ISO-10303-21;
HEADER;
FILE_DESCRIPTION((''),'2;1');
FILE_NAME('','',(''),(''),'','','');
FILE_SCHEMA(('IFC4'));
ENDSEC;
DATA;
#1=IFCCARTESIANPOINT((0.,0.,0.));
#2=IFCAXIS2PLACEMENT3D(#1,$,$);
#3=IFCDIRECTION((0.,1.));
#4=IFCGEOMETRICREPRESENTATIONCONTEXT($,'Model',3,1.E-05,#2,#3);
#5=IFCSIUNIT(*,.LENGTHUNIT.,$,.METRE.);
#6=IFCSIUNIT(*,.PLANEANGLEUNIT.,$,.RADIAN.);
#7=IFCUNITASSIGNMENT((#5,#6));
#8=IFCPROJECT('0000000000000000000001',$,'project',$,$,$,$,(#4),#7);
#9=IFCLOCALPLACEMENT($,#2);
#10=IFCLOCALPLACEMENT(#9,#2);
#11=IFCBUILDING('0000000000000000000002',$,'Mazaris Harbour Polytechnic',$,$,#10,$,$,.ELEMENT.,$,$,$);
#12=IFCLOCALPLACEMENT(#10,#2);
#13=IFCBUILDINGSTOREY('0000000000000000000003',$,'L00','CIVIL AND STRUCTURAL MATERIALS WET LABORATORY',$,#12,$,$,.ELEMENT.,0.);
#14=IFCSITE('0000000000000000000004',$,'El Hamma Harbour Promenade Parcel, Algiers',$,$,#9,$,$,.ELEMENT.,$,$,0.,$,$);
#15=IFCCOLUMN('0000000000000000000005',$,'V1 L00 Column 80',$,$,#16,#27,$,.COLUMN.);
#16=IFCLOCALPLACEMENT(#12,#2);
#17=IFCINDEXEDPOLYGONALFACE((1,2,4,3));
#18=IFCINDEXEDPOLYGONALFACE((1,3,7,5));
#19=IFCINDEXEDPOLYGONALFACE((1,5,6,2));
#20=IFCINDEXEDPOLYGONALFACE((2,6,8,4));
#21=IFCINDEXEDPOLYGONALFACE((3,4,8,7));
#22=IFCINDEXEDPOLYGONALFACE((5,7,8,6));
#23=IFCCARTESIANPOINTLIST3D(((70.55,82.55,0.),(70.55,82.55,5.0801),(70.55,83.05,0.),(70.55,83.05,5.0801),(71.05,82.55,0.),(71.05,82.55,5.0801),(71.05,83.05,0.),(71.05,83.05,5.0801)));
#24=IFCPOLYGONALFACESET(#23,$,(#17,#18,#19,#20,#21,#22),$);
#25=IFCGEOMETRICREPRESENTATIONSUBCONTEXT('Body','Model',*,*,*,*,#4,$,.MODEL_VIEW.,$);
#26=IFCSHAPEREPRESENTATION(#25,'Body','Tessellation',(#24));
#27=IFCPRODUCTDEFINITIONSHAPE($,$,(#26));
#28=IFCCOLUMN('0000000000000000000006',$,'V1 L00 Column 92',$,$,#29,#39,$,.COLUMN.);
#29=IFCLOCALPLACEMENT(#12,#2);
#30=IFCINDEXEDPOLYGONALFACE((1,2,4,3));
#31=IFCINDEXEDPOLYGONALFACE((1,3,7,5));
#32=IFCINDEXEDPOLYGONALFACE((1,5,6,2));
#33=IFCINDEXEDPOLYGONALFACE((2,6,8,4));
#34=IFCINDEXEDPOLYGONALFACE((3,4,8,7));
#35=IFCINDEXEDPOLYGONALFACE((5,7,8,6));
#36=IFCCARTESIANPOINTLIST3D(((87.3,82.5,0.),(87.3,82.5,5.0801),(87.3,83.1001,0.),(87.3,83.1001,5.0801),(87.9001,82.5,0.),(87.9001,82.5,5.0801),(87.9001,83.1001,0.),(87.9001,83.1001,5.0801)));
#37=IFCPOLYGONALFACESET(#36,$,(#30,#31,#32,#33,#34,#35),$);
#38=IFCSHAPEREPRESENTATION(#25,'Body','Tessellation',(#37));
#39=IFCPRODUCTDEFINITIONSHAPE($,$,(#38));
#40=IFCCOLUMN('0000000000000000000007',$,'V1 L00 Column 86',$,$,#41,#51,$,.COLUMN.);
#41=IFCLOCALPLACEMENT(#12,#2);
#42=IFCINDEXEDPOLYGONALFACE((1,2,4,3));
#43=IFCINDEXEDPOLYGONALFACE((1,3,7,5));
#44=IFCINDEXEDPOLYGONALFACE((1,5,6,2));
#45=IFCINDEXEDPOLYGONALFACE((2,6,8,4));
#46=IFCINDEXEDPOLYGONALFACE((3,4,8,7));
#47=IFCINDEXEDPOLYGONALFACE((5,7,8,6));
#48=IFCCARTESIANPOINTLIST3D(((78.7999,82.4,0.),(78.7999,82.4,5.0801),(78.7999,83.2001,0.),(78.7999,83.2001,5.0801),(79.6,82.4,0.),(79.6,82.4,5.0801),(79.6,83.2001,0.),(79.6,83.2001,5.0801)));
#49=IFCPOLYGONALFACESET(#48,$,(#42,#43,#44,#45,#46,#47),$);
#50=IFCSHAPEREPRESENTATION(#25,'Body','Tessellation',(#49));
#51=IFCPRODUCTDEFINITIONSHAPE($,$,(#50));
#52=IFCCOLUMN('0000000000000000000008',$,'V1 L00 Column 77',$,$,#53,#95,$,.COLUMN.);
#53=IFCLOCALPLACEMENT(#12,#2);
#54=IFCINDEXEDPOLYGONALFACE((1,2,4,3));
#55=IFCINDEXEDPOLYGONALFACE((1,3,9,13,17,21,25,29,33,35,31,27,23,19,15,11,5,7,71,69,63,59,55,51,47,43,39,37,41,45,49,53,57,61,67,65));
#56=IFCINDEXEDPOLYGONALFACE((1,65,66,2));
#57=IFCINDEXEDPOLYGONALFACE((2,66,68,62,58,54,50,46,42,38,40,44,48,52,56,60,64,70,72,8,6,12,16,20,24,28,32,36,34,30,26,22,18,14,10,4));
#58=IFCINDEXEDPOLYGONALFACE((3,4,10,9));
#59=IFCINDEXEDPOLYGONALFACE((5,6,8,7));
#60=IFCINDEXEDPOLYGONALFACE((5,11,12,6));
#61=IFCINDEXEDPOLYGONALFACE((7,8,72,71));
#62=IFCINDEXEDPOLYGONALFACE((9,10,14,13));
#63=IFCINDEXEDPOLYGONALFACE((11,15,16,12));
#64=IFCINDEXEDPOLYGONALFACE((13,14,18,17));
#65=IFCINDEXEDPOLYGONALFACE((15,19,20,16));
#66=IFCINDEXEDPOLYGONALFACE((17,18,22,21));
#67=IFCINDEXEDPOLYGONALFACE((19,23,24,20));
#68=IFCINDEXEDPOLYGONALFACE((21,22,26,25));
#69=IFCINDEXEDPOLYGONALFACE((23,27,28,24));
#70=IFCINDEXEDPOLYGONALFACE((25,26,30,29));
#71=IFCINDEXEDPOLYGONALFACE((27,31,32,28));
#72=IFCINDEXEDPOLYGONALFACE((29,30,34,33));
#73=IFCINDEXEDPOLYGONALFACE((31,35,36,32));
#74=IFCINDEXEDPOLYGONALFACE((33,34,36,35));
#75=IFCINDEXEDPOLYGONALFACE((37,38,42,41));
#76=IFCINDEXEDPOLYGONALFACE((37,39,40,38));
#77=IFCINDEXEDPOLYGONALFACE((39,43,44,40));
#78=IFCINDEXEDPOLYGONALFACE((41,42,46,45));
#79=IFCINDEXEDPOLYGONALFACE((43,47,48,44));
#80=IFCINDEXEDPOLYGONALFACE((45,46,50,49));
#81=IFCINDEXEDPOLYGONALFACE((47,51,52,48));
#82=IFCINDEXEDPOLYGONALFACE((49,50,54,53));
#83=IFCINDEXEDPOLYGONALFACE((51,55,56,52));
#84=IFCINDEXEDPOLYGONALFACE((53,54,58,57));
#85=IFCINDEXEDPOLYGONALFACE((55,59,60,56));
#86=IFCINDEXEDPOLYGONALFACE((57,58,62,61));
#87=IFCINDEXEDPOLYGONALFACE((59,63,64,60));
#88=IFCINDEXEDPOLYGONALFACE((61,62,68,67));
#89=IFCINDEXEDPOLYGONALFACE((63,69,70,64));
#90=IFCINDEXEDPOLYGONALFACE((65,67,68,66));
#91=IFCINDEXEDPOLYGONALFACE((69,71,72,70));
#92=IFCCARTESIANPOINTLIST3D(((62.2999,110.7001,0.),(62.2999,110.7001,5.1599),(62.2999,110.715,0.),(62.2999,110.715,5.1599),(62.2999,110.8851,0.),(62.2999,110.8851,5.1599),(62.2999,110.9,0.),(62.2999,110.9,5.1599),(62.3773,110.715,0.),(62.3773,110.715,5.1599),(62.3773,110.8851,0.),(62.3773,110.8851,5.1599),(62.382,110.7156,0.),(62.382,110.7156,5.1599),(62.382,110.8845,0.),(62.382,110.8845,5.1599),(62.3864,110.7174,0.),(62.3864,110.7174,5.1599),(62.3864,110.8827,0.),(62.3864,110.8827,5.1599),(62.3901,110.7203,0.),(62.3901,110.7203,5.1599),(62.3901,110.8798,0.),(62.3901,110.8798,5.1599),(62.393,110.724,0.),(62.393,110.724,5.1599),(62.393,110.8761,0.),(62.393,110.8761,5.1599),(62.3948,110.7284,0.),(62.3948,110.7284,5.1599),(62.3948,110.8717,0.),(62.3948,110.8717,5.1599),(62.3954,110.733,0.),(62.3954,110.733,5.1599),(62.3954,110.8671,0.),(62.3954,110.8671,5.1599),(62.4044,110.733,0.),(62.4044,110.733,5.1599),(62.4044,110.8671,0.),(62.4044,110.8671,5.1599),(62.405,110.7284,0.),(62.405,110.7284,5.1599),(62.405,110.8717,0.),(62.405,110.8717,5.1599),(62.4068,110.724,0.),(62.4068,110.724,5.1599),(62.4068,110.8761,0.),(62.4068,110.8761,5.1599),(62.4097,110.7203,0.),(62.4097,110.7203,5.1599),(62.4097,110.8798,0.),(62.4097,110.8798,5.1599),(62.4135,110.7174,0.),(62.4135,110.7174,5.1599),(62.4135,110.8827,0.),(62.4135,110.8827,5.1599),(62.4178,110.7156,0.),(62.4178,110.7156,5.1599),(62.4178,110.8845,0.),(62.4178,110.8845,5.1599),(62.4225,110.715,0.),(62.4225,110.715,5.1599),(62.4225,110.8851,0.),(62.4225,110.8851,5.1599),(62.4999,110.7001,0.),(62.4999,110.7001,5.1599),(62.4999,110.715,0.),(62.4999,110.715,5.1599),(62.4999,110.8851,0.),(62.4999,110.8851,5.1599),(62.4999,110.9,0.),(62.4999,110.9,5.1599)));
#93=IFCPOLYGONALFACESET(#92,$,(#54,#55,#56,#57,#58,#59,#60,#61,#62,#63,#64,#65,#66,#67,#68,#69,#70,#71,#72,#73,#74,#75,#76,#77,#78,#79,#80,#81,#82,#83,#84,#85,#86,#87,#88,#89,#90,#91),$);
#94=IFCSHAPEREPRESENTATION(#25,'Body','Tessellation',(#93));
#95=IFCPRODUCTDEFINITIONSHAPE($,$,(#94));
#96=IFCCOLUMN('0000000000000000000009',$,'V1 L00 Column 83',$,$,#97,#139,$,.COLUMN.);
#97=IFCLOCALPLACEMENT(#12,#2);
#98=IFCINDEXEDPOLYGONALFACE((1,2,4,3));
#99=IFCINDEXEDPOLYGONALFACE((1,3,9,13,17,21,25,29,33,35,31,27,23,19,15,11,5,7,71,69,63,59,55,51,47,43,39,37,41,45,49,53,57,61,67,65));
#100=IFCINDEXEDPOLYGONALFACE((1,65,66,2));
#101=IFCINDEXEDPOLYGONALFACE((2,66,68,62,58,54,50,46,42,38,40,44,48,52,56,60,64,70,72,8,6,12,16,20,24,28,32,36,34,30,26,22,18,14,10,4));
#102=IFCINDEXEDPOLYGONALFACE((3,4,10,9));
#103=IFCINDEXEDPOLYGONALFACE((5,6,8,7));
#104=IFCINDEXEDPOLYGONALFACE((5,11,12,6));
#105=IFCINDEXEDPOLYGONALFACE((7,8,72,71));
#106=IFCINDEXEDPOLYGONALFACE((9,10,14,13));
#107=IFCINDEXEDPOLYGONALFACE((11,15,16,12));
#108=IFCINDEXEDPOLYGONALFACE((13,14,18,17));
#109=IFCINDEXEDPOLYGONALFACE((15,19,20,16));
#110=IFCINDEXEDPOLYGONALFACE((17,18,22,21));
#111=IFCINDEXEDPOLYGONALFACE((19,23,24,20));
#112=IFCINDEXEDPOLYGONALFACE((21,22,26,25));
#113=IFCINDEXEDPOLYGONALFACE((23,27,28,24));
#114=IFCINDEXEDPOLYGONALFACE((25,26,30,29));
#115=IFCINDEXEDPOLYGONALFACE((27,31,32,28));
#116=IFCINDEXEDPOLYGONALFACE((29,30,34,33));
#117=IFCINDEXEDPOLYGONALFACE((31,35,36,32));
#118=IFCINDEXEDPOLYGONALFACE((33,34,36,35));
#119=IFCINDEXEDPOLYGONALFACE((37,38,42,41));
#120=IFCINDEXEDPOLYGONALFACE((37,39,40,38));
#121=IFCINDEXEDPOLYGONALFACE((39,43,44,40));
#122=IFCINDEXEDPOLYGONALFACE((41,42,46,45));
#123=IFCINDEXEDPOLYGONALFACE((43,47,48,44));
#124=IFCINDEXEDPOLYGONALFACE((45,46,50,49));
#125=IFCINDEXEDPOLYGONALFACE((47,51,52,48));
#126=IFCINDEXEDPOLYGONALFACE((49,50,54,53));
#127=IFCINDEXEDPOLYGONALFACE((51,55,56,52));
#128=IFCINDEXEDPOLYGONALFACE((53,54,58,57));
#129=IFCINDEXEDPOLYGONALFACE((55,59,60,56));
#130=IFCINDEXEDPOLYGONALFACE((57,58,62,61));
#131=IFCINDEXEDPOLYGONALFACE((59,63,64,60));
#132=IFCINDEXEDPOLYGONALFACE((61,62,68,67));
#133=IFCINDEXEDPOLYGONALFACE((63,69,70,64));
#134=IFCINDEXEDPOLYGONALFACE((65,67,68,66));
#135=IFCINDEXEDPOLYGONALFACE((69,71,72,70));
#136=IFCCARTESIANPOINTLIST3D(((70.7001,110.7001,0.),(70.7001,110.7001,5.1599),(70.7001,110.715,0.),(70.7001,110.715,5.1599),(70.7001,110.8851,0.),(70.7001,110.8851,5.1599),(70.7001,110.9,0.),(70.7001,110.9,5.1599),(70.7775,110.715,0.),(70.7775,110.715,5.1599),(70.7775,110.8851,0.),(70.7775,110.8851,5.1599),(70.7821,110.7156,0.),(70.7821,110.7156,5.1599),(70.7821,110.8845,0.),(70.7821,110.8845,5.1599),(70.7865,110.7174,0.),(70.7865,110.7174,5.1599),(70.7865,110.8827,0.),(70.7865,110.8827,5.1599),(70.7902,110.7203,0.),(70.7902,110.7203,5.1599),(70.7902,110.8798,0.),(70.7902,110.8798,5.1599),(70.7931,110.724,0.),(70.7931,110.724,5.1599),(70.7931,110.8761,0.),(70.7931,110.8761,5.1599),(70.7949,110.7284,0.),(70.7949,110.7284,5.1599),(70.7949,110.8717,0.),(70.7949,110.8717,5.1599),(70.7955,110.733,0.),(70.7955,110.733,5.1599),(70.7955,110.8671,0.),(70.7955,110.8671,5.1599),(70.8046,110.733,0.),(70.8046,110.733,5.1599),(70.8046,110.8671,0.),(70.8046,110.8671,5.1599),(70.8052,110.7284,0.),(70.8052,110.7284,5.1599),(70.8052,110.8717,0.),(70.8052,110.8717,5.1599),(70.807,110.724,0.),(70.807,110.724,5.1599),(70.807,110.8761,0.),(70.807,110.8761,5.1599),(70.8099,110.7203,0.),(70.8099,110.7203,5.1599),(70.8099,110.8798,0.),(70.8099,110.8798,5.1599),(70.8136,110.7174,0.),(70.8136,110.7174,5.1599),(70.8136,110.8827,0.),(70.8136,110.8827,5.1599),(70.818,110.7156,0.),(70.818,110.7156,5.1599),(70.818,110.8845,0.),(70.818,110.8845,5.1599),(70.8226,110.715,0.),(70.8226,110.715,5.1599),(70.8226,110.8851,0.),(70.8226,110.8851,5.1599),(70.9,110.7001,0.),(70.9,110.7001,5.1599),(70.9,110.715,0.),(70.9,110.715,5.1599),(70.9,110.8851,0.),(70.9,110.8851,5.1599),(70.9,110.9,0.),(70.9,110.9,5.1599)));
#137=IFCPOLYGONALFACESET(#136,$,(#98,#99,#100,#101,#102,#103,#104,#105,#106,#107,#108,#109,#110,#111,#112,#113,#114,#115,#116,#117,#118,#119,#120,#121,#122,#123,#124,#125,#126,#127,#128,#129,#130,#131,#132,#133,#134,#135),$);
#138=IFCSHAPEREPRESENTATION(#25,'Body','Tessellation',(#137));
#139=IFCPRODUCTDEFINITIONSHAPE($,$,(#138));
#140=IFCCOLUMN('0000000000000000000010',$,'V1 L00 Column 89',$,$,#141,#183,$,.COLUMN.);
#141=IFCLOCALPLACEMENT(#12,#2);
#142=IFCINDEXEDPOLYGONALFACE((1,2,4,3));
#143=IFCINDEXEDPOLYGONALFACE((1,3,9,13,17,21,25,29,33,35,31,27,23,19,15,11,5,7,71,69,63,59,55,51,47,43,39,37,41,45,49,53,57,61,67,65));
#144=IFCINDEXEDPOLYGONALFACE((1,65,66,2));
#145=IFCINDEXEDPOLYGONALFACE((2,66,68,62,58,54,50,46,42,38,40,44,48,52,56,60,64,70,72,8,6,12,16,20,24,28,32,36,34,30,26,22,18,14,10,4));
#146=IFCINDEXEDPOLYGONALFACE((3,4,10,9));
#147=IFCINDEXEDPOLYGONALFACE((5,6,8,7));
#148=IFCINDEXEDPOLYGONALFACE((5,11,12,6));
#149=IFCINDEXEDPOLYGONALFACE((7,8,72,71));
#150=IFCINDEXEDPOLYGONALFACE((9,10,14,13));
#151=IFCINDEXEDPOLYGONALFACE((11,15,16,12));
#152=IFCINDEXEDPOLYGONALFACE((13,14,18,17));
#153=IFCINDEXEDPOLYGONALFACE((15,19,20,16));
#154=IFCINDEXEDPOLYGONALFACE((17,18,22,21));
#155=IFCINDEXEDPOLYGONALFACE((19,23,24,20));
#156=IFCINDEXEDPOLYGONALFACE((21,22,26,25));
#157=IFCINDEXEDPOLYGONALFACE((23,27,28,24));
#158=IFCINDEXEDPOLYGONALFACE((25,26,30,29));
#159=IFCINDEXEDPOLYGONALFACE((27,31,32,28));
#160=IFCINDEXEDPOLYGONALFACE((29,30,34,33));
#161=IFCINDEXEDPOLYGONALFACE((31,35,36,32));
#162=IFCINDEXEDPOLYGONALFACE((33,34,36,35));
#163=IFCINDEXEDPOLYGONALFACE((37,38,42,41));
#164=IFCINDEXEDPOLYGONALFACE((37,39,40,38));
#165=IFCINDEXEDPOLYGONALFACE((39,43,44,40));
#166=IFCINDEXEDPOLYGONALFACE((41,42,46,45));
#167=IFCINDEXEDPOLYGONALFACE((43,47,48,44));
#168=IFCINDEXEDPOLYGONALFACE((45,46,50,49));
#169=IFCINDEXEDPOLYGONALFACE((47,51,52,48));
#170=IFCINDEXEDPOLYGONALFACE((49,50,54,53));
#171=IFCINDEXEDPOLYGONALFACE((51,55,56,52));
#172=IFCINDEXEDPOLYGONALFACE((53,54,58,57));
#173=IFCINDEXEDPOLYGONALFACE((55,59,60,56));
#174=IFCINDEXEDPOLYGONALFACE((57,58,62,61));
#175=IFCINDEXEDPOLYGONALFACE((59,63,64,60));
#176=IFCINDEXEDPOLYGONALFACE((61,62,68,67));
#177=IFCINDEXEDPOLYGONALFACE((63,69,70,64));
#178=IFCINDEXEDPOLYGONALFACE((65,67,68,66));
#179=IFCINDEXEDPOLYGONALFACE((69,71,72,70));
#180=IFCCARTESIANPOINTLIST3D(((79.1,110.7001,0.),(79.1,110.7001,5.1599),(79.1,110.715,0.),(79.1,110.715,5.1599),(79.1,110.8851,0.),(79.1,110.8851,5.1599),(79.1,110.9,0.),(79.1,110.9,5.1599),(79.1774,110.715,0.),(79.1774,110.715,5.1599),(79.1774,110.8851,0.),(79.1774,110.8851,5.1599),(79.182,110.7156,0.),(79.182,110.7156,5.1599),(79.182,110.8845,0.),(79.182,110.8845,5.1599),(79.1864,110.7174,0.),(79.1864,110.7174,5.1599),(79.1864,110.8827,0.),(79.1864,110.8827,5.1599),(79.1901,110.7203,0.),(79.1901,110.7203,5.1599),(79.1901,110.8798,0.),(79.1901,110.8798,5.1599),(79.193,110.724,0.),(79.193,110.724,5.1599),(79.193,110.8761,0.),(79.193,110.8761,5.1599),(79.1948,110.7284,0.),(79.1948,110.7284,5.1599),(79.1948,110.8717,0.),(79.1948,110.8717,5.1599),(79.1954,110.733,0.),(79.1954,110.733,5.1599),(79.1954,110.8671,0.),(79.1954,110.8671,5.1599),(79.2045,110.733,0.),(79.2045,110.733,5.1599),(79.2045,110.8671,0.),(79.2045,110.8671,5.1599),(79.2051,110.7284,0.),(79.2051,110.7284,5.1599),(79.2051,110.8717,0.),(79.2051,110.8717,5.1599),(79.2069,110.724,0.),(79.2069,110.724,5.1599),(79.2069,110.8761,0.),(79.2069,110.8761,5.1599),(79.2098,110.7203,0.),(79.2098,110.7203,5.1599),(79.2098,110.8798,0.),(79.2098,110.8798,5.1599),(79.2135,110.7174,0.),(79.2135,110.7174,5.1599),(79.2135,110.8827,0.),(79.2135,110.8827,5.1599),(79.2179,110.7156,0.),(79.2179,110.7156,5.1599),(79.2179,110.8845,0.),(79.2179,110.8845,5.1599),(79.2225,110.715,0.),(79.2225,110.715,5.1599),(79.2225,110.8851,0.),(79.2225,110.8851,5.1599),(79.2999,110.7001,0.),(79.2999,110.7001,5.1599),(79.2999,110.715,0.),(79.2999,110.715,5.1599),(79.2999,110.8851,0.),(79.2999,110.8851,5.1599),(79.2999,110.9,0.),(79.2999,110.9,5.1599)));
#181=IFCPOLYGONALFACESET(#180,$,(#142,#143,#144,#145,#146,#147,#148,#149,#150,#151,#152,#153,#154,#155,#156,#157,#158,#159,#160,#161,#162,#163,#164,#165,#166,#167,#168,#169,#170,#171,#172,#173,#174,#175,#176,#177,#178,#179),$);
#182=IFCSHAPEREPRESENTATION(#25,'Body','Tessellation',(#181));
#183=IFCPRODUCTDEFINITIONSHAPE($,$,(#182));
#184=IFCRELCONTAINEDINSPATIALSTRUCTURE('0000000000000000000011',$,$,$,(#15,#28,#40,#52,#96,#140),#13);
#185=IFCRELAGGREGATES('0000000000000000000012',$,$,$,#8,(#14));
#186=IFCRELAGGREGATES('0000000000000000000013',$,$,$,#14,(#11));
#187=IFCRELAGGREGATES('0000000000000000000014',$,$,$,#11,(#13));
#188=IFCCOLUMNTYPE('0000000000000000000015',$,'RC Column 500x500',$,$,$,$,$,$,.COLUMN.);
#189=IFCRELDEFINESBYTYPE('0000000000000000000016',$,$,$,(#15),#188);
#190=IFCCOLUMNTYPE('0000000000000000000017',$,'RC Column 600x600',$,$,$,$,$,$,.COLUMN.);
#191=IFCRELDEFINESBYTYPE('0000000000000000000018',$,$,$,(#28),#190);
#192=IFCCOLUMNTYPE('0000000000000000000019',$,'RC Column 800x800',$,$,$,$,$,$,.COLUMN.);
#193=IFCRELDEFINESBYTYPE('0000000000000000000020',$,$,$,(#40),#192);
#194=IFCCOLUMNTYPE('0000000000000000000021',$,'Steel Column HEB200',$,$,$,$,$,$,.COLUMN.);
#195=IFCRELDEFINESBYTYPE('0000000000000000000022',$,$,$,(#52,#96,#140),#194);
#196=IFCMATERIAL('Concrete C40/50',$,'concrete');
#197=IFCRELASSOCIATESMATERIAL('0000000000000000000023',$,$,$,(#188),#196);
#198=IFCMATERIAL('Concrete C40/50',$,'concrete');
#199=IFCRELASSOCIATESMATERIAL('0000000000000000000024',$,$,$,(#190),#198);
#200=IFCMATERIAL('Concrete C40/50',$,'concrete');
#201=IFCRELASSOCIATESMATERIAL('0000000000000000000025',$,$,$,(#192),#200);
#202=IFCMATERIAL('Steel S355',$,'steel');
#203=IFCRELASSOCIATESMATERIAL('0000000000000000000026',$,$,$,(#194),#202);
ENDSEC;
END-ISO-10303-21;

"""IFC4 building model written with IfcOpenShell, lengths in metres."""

from ifc_helpers import new_model, si_unit, direction, frame, origin, origin_2d, place, context, subcontext, project, spatial, rectangle, i_section, extrude, material, material_profile, profile_set, type_object, element, save


model = new_model("IFC4")

# Units and contexts
model_context = context("Model", 3, precision=1e-05, world=origin(), true_north=direction((0.0, 1.0)))
body_context = subcontext(model_context, "Body", "Model", "MODEL_VIEW")
ifc_project = project(units=[si_unit("LENGTHUNIT", "METRE"), si_unit("PLANEANGLEUNIT", "RADIAN")], contexts=[model_context])

# Site, building, storey
site_placement = place(None, origin())
site = spatial("IfcSite", under=ifc_project, at=site_placement, Name="El Hamma Harbour Promenade Parcel, Algiers", CompositionType="ELEMENT", RefElevation=0.0)
building_placement = place(site_placement, origin())
building = spatial("IfcBuilding", under=site, at=building_placement, Name="Mazaris Harbour Polytechnic", CompositionType="ELEMENT")
storey_placement = place(building_placement, origin())
storey = spatial("IfcBuildingStorey", under=building, at=storey_placement, Name="L00", Description="CIVIL AND STRUCTURAL MATERIALS WET LABORATORY", CompositionType="ELEMENT", Elevation=0.0)

# Columns
ifc_material_1 = material(Name="Concrete C40/50", Category="concrete")
ifc_material_profile_1 = material_profile(ifc_material_1, rectangle(XDim=0.5, YDim=0.5, at=origin_2d()), Name="RECT500x500")
ifc_profile_set_1 = profile_set([ifc_material_profile_1], Name="Concrete C40/50")
column_type_1 = type_object("IfcColumnType", Name="RC Column 500x500", PredefinedType="COLUMN", material=ifc_profile_set_1)
column_1_placement = place(storey_placement, frame((70.8, 82.8, 0.0), z_axis=(0.0, 0.0, 1.0), x_axis=(1.0, 0.0, 0.0)))
element("IfcColumn", 1, at=column_1_placement, inside=storey, type_object=column_type_1, Name="V1 L00 Column 80", PredefinedType="COLUMN", context=body_context, shape_type="SweptSolid", body=[
    extrude(rectangle(XDim=0.5, YDim=0.5, at=origin_2d()), origin(), (0.0, 0.0, 1.0), 5.0801),
])
ifc_material_2 = material(Name="Concrete C40/50", Category="concrete")
ifc_material_profile_2 = material_profile(ifc_material_2, rectangle(XDim=0.6001, YDim=0.6001, at=origin_2d()), Name="RECT600x600")
ifc_profile_set_2 = profile_set([ifc_material_profile_2], Name="Concrete C40/50")
column_type_2 = type_object("IfcColumnType", Name="RC Column 600x600", PredefinedType="COLUMN", material=ifc_profile_set_2)
column_2_placement = place(storey_placement, frame((87.6001, 82.8, 0.0), z_axis=(0.0, 0.0, 1.0), x_axis=(1.0, 0.0, 0.0)))
element("IfcColumn", 2, at=column_2_placement, inside=storey, type_object=column_type_2, Name="V1 L00 Column 92", PredefinedType="COLUMN", context=body_context, shape_type="SweptSolid", body=[
    extrude(rectangle(XDim=0.6001, YDim=0.6001, at=origin_2d()), origin(), (0.0, 0.0, 1.0), 5.0801),
])
ifc_material_3 = material(Name="Concrete C40/50", Category="concrete")
ifc_material_profile_3 = material_profile(ifc_material_3, rectangle(XDim=0.8, YDim=0.8, at=origin_2d()), Name="RECT800x800")
ifc_profile_set_3 = profile_set([ifc_material_profile_3], Name="Concrete C40/50")
column_type_3 = type_object("IfcColumnType", Name="RC Column 800x800", PredefinedType="COLUMN", material=ifc_profile_set_3)
column_3_placement = place(storey_placement, frame((79.2, 82.8, 0.0), z_axis=(0.0, 0.0, 1.0), x_axis=(1.0, 0.0, 0.0)))
element("IfcColumn", 3, at=column_3_placement, inside=storey, type_object=column_type_3, Name="V1 L00 Column 86", PredefinedType="COLUMN", context=body_context, shape_type="SweptSolid", body=[
    extrude(rectangle(XDim=0.8, YDim=0.8, at=origin_2d()), origin(), (0.0, 0.0, 1.0), 5.0801),
])
ifc_material_4 = material(Name="Steel S355", Category="steel")
ifc_material_profile_4 = material_profile(ifc_material_4, i_section(OverallWidth=0.2, OverallDepth=0.2, WebThickness=0.009, FlangeThickness=0.0149, FilletRadius=0.0181, at=origin_2d()), Name="HEB 200")
ifc_profile_set_4 = profile_set([ifc_material_profile_4], Name="Steel S355")
column_type_4 = type_object("IfcColumnType", Name="Steel Column HEB200", PredefinedType="COLUMN", material=ifc_profile_set_4)
for number, where, z_axis, x_axis, name in (
    (4, (62.3999, 110.8, 0.0), (0.0, 0.0, 1.0), (1.0, 0.0, 0.0), "V1 L00 Column 77"),
    (5, (70.8, 110.8, 0.0), (0.0, 0.0, 1.0), (1.0, 0.0, 0.0), "V1 L00 Column 83"),
    (6, (79.2, 110.8, 0.0), (0.0, 0.0, 1.0), (1.0, 0.0, 0.0), "V1 L00 Column 89"),
):
    element("IfcColumn", number, at=place(storey_placement, frame(where, z_axis=z_axis, x_axis=x_axis)), inside=storey, type_object=column_type_4, Name=name, PredefinedType="COLUMN", context=body_context, shape_type="SweptSolid", body=[
        extrude(i_section(OverallWidth=0.2, OverallDepth=0.2, WebThickness=0.009, FlangeThickness=0.0149, FilletRadius=0.0181, at=origin_2d()), origin(), (0.0, 0.0, 1.0), 5.1599),
    ])

save(model, "model.ifc")
